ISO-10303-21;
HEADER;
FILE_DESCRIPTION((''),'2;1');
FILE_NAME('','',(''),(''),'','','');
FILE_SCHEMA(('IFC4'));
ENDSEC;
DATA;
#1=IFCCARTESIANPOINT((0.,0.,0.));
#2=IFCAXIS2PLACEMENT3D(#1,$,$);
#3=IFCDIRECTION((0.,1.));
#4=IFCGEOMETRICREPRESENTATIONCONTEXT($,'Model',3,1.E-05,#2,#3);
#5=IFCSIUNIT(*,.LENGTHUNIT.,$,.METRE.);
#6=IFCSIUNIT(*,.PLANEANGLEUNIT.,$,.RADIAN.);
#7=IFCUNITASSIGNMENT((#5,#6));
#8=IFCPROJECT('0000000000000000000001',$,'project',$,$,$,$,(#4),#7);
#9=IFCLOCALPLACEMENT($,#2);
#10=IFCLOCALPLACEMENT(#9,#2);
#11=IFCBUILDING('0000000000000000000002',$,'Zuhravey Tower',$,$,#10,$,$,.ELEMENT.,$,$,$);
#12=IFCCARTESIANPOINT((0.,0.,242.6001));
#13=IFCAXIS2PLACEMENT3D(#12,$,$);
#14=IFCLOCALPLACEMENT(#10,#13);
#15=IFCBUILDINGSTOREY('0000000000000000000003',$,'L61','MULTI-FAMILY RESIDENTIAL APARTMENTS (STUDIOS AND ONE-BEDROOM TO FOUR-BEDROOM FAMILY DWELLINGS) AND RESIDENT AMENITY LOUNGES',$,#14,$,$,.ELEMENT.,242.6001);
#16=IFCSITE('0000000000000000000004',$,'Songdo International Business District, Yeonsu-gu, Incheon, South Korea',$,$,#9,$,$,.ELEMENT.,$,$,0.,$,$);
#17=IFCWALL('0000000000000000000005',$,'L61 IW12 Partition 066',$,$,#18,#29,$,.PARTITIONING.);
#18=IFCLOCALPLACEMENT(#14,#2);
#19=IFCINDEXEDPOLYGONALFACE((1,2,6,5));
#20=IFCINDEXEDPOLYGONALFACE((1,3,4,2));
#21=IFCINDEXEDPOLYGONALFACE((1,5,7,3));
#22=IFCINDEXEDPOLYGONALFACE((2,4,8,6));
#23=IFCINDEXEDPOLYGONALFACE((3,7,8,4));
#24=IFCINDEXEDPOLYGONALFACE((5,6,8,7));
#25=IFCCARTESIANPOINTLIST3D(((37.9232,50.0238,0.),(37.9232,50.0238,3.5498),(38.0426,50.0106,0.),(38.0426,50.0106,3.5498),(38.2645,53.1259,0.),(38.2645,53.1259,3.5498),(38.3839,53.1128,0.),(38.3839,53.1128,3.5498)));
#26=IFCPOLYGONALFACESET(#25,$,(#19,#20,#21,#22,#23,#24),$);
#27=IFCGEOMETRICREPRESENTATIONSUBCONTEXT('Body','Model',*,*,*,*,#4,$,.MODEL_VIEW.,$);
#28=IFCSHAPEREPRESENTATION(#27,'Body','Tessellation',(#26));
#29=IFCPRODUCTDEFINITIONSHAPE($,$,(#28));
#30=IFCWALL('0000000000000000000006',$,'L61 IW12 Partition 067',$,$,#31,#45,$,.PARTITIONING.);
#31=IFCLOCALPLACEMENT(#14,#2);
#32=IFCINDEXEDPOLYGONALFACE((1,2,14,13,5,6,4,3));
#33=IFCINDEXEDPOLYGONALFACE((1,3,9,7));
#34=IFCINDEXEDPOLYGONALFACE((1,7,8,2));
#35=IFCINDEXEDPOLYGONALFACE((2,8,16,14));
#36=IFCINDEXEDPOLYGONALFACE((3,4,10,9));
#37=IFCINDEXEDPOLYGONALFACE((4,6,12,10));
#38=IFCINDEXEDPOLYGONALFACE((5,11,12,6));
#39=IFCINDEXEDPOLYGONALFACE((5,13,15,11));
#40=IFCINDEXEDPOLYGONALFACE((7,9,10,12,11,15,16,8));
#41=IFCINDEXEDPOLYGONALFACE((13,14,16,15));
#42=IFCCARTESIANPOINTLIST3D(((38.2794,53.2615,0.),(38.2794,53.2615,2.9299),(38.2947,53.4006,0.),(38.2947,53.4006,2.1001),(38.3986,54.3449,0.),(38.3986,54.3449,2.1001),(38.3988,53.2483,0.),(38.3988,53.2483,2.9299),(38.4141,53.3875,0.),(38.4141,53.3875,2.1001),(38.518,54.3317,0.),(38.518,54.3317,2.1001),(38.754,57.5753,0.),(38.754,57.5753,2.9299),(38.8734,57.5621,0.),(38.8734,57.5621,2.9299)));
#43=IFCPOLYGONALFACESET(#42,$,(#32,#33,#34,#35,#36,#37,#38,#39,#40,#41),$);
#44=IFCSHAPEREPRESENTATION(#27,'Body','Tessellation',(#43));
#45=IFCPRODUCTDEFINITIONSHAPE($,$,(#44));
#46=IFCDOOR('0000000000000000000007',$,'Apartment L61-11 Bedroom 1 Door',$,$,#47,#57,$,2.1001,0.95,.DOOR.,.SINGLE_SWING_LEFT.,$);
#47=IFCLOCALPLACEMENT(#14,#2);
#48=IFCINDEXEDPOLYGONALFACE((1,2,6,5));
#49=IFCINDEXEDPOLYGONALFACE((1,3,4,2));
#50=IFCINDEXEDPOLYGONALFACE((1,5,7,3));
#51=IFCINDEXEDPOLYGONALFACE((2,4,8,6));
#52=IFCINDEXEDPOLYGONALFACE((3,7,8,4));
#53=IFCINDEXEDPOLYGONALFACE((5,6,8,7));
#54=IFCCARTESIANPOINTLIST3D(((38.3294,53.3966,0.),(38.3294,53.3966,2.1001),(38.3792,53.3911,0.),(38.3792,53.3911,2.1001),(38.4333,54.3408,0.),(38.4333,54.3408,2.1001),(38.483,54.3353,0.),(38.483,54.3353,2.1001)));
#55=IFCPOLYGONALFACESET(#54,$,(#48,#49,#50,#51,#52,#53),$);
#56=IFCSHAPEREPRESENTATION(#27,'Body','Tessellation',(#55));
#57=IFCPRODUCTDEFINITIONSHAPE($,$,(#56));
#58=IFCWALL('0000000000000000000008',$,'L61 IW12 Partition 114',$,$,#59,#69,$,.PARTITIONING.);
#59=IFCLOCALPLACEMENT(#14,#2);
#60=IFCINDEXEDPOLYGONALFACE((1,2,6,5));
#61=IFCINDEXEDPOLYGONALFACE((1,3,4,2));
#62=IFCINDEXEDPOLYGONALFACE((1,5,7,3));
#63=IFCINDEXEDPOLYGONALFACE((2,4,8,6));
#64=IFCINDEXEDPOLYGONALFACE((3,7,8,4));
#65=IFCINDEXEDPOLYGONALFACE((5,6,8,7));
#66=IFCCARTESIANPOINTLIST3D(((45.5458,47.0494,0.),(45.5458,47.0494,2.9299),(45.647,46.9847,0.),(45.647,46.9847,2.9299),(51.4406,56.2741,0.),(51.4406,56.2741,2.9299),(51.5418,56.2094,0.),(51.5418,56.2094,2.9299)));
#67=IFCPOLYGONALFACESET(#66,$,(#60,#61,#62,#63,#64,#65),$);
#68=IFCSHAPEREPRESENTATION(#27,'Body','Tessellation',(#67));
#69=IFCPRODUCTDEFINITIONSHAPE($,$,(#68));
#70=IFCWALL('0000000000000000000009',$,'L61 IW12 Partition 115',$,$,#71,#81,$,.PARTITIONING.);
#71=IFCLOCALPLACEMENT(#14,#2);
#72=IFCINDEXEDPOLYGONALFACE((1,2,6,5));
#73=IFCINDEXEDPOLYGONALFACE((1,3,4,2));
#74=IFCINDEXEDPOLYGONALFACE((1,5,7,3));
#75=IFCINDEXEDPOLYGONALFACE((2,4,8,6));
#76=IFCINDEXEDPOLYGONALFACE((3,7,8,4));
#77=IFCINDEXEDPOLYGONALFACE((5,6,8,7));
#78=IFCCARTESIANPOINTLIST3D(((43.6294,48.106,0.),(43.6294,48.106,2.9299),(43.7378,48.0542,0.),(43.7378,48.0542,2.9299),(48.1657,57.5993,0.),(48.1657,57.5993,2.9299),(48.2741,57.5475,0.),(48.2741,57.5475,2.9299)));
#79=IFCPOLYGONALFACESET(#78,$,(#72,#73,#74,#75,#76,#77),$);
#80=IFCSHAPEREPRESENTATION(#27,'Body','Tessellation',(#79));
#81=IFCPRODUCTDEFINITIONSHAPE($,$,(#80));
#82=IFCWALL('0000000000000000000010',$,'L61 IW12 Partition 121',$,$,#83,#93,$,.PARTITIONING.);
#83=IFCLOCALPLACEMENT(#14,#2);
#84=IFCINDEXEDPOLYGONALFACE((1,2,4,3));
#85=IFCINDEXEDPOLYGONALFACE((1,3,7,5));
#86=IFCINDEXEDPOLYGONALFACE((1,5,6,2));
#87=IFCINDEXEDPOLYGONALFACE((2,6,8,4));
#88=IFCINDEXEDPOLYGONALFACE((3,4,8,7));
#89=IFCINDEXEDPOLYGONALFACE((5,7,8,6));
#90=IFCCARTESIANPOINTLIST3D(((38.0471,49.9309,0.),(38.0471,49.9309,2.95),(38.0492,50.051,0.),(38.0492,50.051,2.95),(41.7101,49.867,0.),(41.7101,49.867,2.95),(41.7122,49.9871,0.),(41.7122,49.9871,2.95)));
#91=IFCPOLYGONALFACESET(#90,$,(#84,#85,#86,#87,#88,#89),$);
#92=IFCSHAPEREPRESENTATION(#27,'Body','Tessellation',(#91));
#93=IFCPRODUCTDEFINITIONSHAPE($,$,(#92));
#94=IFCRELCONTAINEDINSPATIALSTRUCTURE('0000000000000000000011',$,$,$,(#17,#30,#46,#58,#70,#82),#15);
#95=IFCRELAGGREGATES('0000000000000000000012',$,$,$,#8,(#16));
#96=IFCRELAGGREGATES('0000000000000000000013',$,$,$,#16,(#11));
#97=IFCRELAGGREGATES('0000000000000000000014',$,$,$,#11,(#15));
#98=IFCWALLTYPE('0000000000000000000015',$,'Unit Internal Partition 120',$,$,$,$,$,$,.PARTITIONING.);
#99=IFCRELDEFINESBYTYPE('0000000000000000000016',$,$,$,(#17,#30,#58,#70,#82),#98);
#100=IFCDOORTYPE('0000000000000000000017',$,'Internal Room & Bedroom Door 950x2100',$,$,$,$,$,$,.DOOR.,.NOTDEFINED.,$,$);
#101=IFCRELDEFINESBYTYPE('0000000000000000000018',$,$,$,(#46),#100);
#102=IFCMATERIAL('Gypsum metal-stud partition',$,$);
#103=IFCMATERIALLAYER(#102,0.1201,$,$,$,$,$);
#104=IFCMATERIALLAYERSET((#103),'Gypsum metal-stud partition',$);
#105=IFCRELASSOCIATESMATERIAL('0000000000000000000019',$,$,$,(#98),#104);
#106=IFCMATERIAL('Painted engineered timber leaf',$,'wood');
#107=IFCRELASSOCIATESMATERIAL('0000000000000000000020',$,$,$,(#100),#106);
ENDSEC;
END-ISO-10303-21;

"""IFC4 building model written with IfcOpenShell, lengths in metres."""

from ifc_helpers import new_model, si_unit, direction, frame, frame_2d, origin, place, context, subcontext, project, spatial, rectangle, extrude, material, layer, layer_set, type_object, element, fill, save


model = new_model("IFC4")

# Units and contexts
model_context = context("Model", 3, precision=1e-05, world=origin(), true_north=direction((0.0, 1.0)))
body_context = subcontext(model_context, "Body", "Model", "MODEL_VIEW")
ifc_project = project(units=[si_unit("LENGTHUNIT", "METRE"), si_unit("PLANEANGLEUNIT", "RADIAN")], contexts=[model_context])

# Site, building, storey
site_placement = place(None, origin())
site = spatial("IfcSite", under=ifc_project, at=site_placement, Name="Songdo International Business District, Yeonsu-gu, Incheon, South Korea", CompositionType="ELEMENT", RefElevation=0.0)
building_placement = place(site_placement, origin())
building = spatial("IfcBuilding", under=site, at=building_placement, Name="Zuhravey Tower", CompositionType="ELEMENT")
storey_placement = place(building_placement, frame((0.0, 0.0, 242.6001)))
storey = spatial("IfcBuildingStorey", under=building, at=storey_placement, Name="L61", Description="MULTI-FAMILY RESIDENTIAL APARTMENTS (STUDIOS AND ONE-BEDROOM TO FOUR-BEDROOM FAMILY DWELLINGS) AND RESIDENT AMENITY LOUNGES", CompositionType="ELEMENT", Elevation=242.6001)

# Shared definitions
ifc_material_1 = material(Name="Gypsum metal-stud partition")
ifc_layer_1 = layer(ifc_material_1, 0.1201)
ifc_layer_set_1 = layer_set([ifc_layer_1], Name="Gypsum metal-stud partition")
wall_type_1 = type_object("IfcWallType", Name="Unit Internal Partition 120", PredefinedType="PARTITIONING", material=ifc_layer_set_1)
ifc_material_2 = material(Name="Painted engineered timber leaf", Category="wood")
door_type_1 = type_object("IfcDoorType", Name="Internal Room & Bedroom Door 950x2100", OperationType="NOTDEFINED", PredefinedType="DOOR", material=ifc_material_2)

# Wall
wall_1_placement = place(storey_placement, frame((37.9829, 50.0171, 0.0), z_axis=(0.0, 0.0, 1.0), x_axis=(0.109367, 0.994001, 0.0)))
element("IfcWall", 1, at=wall_1_placement, inside=storey, type_object=wall_type_1, Name="L61 IW12 Partition 066", PredefinedType="PARTITIONING", context=body_context, shape_type="SweptSolid", body=[
    extrude(rectangle(XDim=3.1208, YDim=0.1201, at=frame_2d((1.5605, 0.0))), origin(), (0.0, 0.0, 1.0), 3.5498),
])

# Wall, opening, door
wall_2_placement = place(storey_placement, frame((38.3391, 53.2549, 0.0), z_axis=(0.0, 0.0, 1.0), x_axis=(0.109363, 0.994002, 0.0)))
wall_2 = element("IfcWall", 2, at=wall_2_placement, inside=storey, type_object=wall_type_1, Name="L61 IW12 Partition 067", PredefinedType="PARTITIONING", context=body_context, shape_type="SweptSolid", body=[
    extrude(rectangle(XDim=4.3398, YDim=0.1201, at=frame_2d((2.1699, 0.0))), origin(), (0.0, 0.0, 1.0), 2.9299),
])
opening_1_placement = place(wall_2_placement, frame((0.1399, 0.0, 0.0)))
opening_1 = element("IfcOpeningElement", 3, at=opening_1_placement, cuts=wall_2, PredefinedType="OPENING", context=body_context, shape_type="SweptSolid", body=[
    extrude(rectangle(XDim=0.95, YDim=2.1001, at=frame_2d((0.4751, 1.05))), frame((0.0, 0.072, 0.0), z_axis=(0.0, -1.0, 0.0), x_axis=(1.0, 0.0, 0.0)), (0.0, 0.0, 1.0), 0.144),
])
door_1_placement = place(opening_1_placement, frame((0.95, 0.0, 0.0), z_axis=(0.0, 0.0, 1.0), x_axis=(-1.0, 0.0, 0.0)))
door_1 = element("IfcDoor", 4, at=door_1_placement, inside=storey, type_object=door_type_1, Name="Apartment L61-11 Bedroom 1 Door", OperationType="SINGLE_SWING_LEFT", OverallHeight=2.1001, OverallWidth=0.95, PredefinedType="DOOR", context=body_context, shape_type="SweptSolid", body=[
    extrude(rectangle(XDim=0.95, YDim=2.1001, at=frame_2d((0.4751, 1.05))), frame((0.0, 0.0249, 0.0), z_axis=(0.0, -1.0, 0.0), x_axis=(1.0, 0.0, 0.0)), (0.0, 0.0, 1.0), 0.05),
])
fill(opening_1, door_1)

# Walls
wall_3_placement = place(storey_placement, frame((45.5964, 47.0171, 0.0), z_axis=(0.0, 0.0, 1.0), x_axis=(0.538472, 0.842643, 0.0)))
element("IfcWall", 5, at=wall_3_placement, inside=storey, type_object=wall_type_1, Name="L61 IW12 Partition 114", PredefinedType="PARTITIONING", context=body_context, shape_type="SweptSolid", body=[
    extrude(rectangle(XDim=10.9473, YDim=0.1201, at=frame_2d((5.4736, 0.0))), origin(), (0.0, 0.0, 1.0), 2.9299),
])
wall_4_placement = place(storey_placement, frame((43.6836, 48.0801, 0.0), z_axis=(0.0, 0.0, 1.0), x_axis=(0.43115, 0.90228, 0.0)))
element("IfcWall", 6, at=wall_4_placement, inside=storey, type_object=wall_type_1, Name="L61 IW12 Partition 115", PredefinedType="PARTITIONING", context=body_context, shape_type="SweptSolid", body=[
    extrude(rectangle(XDim=10.5215, YDim=0.1201, at=frame_2d((5.2607, 0.0))), origin(), (0.0, 0.0, 1.0), 2.9299),
])
wall_5_placement = place(storey_placement, frame((41.7112, 49.927, 0.0), z_axis=(0.0, 0.0, 1.0), x_axis=(-0.999848, 0.017459, 0.0)))
element("IfcWall", 7, at=wall_5_placement, inside=storey, type_object=wall_type_1, Name="L61 IW12 Partition 121", PredefinedType="PARTITIONING", context=body_context, shape_type="SweptSolid", body=[
    extrude(rectangle(XDim=3.6636, YDim=0.1201, at=frame_2d((1.8318, 0.0))), origin(), (0.0, 0.0, 1.0), 2.95),
])

save(model, "model.ifc")
